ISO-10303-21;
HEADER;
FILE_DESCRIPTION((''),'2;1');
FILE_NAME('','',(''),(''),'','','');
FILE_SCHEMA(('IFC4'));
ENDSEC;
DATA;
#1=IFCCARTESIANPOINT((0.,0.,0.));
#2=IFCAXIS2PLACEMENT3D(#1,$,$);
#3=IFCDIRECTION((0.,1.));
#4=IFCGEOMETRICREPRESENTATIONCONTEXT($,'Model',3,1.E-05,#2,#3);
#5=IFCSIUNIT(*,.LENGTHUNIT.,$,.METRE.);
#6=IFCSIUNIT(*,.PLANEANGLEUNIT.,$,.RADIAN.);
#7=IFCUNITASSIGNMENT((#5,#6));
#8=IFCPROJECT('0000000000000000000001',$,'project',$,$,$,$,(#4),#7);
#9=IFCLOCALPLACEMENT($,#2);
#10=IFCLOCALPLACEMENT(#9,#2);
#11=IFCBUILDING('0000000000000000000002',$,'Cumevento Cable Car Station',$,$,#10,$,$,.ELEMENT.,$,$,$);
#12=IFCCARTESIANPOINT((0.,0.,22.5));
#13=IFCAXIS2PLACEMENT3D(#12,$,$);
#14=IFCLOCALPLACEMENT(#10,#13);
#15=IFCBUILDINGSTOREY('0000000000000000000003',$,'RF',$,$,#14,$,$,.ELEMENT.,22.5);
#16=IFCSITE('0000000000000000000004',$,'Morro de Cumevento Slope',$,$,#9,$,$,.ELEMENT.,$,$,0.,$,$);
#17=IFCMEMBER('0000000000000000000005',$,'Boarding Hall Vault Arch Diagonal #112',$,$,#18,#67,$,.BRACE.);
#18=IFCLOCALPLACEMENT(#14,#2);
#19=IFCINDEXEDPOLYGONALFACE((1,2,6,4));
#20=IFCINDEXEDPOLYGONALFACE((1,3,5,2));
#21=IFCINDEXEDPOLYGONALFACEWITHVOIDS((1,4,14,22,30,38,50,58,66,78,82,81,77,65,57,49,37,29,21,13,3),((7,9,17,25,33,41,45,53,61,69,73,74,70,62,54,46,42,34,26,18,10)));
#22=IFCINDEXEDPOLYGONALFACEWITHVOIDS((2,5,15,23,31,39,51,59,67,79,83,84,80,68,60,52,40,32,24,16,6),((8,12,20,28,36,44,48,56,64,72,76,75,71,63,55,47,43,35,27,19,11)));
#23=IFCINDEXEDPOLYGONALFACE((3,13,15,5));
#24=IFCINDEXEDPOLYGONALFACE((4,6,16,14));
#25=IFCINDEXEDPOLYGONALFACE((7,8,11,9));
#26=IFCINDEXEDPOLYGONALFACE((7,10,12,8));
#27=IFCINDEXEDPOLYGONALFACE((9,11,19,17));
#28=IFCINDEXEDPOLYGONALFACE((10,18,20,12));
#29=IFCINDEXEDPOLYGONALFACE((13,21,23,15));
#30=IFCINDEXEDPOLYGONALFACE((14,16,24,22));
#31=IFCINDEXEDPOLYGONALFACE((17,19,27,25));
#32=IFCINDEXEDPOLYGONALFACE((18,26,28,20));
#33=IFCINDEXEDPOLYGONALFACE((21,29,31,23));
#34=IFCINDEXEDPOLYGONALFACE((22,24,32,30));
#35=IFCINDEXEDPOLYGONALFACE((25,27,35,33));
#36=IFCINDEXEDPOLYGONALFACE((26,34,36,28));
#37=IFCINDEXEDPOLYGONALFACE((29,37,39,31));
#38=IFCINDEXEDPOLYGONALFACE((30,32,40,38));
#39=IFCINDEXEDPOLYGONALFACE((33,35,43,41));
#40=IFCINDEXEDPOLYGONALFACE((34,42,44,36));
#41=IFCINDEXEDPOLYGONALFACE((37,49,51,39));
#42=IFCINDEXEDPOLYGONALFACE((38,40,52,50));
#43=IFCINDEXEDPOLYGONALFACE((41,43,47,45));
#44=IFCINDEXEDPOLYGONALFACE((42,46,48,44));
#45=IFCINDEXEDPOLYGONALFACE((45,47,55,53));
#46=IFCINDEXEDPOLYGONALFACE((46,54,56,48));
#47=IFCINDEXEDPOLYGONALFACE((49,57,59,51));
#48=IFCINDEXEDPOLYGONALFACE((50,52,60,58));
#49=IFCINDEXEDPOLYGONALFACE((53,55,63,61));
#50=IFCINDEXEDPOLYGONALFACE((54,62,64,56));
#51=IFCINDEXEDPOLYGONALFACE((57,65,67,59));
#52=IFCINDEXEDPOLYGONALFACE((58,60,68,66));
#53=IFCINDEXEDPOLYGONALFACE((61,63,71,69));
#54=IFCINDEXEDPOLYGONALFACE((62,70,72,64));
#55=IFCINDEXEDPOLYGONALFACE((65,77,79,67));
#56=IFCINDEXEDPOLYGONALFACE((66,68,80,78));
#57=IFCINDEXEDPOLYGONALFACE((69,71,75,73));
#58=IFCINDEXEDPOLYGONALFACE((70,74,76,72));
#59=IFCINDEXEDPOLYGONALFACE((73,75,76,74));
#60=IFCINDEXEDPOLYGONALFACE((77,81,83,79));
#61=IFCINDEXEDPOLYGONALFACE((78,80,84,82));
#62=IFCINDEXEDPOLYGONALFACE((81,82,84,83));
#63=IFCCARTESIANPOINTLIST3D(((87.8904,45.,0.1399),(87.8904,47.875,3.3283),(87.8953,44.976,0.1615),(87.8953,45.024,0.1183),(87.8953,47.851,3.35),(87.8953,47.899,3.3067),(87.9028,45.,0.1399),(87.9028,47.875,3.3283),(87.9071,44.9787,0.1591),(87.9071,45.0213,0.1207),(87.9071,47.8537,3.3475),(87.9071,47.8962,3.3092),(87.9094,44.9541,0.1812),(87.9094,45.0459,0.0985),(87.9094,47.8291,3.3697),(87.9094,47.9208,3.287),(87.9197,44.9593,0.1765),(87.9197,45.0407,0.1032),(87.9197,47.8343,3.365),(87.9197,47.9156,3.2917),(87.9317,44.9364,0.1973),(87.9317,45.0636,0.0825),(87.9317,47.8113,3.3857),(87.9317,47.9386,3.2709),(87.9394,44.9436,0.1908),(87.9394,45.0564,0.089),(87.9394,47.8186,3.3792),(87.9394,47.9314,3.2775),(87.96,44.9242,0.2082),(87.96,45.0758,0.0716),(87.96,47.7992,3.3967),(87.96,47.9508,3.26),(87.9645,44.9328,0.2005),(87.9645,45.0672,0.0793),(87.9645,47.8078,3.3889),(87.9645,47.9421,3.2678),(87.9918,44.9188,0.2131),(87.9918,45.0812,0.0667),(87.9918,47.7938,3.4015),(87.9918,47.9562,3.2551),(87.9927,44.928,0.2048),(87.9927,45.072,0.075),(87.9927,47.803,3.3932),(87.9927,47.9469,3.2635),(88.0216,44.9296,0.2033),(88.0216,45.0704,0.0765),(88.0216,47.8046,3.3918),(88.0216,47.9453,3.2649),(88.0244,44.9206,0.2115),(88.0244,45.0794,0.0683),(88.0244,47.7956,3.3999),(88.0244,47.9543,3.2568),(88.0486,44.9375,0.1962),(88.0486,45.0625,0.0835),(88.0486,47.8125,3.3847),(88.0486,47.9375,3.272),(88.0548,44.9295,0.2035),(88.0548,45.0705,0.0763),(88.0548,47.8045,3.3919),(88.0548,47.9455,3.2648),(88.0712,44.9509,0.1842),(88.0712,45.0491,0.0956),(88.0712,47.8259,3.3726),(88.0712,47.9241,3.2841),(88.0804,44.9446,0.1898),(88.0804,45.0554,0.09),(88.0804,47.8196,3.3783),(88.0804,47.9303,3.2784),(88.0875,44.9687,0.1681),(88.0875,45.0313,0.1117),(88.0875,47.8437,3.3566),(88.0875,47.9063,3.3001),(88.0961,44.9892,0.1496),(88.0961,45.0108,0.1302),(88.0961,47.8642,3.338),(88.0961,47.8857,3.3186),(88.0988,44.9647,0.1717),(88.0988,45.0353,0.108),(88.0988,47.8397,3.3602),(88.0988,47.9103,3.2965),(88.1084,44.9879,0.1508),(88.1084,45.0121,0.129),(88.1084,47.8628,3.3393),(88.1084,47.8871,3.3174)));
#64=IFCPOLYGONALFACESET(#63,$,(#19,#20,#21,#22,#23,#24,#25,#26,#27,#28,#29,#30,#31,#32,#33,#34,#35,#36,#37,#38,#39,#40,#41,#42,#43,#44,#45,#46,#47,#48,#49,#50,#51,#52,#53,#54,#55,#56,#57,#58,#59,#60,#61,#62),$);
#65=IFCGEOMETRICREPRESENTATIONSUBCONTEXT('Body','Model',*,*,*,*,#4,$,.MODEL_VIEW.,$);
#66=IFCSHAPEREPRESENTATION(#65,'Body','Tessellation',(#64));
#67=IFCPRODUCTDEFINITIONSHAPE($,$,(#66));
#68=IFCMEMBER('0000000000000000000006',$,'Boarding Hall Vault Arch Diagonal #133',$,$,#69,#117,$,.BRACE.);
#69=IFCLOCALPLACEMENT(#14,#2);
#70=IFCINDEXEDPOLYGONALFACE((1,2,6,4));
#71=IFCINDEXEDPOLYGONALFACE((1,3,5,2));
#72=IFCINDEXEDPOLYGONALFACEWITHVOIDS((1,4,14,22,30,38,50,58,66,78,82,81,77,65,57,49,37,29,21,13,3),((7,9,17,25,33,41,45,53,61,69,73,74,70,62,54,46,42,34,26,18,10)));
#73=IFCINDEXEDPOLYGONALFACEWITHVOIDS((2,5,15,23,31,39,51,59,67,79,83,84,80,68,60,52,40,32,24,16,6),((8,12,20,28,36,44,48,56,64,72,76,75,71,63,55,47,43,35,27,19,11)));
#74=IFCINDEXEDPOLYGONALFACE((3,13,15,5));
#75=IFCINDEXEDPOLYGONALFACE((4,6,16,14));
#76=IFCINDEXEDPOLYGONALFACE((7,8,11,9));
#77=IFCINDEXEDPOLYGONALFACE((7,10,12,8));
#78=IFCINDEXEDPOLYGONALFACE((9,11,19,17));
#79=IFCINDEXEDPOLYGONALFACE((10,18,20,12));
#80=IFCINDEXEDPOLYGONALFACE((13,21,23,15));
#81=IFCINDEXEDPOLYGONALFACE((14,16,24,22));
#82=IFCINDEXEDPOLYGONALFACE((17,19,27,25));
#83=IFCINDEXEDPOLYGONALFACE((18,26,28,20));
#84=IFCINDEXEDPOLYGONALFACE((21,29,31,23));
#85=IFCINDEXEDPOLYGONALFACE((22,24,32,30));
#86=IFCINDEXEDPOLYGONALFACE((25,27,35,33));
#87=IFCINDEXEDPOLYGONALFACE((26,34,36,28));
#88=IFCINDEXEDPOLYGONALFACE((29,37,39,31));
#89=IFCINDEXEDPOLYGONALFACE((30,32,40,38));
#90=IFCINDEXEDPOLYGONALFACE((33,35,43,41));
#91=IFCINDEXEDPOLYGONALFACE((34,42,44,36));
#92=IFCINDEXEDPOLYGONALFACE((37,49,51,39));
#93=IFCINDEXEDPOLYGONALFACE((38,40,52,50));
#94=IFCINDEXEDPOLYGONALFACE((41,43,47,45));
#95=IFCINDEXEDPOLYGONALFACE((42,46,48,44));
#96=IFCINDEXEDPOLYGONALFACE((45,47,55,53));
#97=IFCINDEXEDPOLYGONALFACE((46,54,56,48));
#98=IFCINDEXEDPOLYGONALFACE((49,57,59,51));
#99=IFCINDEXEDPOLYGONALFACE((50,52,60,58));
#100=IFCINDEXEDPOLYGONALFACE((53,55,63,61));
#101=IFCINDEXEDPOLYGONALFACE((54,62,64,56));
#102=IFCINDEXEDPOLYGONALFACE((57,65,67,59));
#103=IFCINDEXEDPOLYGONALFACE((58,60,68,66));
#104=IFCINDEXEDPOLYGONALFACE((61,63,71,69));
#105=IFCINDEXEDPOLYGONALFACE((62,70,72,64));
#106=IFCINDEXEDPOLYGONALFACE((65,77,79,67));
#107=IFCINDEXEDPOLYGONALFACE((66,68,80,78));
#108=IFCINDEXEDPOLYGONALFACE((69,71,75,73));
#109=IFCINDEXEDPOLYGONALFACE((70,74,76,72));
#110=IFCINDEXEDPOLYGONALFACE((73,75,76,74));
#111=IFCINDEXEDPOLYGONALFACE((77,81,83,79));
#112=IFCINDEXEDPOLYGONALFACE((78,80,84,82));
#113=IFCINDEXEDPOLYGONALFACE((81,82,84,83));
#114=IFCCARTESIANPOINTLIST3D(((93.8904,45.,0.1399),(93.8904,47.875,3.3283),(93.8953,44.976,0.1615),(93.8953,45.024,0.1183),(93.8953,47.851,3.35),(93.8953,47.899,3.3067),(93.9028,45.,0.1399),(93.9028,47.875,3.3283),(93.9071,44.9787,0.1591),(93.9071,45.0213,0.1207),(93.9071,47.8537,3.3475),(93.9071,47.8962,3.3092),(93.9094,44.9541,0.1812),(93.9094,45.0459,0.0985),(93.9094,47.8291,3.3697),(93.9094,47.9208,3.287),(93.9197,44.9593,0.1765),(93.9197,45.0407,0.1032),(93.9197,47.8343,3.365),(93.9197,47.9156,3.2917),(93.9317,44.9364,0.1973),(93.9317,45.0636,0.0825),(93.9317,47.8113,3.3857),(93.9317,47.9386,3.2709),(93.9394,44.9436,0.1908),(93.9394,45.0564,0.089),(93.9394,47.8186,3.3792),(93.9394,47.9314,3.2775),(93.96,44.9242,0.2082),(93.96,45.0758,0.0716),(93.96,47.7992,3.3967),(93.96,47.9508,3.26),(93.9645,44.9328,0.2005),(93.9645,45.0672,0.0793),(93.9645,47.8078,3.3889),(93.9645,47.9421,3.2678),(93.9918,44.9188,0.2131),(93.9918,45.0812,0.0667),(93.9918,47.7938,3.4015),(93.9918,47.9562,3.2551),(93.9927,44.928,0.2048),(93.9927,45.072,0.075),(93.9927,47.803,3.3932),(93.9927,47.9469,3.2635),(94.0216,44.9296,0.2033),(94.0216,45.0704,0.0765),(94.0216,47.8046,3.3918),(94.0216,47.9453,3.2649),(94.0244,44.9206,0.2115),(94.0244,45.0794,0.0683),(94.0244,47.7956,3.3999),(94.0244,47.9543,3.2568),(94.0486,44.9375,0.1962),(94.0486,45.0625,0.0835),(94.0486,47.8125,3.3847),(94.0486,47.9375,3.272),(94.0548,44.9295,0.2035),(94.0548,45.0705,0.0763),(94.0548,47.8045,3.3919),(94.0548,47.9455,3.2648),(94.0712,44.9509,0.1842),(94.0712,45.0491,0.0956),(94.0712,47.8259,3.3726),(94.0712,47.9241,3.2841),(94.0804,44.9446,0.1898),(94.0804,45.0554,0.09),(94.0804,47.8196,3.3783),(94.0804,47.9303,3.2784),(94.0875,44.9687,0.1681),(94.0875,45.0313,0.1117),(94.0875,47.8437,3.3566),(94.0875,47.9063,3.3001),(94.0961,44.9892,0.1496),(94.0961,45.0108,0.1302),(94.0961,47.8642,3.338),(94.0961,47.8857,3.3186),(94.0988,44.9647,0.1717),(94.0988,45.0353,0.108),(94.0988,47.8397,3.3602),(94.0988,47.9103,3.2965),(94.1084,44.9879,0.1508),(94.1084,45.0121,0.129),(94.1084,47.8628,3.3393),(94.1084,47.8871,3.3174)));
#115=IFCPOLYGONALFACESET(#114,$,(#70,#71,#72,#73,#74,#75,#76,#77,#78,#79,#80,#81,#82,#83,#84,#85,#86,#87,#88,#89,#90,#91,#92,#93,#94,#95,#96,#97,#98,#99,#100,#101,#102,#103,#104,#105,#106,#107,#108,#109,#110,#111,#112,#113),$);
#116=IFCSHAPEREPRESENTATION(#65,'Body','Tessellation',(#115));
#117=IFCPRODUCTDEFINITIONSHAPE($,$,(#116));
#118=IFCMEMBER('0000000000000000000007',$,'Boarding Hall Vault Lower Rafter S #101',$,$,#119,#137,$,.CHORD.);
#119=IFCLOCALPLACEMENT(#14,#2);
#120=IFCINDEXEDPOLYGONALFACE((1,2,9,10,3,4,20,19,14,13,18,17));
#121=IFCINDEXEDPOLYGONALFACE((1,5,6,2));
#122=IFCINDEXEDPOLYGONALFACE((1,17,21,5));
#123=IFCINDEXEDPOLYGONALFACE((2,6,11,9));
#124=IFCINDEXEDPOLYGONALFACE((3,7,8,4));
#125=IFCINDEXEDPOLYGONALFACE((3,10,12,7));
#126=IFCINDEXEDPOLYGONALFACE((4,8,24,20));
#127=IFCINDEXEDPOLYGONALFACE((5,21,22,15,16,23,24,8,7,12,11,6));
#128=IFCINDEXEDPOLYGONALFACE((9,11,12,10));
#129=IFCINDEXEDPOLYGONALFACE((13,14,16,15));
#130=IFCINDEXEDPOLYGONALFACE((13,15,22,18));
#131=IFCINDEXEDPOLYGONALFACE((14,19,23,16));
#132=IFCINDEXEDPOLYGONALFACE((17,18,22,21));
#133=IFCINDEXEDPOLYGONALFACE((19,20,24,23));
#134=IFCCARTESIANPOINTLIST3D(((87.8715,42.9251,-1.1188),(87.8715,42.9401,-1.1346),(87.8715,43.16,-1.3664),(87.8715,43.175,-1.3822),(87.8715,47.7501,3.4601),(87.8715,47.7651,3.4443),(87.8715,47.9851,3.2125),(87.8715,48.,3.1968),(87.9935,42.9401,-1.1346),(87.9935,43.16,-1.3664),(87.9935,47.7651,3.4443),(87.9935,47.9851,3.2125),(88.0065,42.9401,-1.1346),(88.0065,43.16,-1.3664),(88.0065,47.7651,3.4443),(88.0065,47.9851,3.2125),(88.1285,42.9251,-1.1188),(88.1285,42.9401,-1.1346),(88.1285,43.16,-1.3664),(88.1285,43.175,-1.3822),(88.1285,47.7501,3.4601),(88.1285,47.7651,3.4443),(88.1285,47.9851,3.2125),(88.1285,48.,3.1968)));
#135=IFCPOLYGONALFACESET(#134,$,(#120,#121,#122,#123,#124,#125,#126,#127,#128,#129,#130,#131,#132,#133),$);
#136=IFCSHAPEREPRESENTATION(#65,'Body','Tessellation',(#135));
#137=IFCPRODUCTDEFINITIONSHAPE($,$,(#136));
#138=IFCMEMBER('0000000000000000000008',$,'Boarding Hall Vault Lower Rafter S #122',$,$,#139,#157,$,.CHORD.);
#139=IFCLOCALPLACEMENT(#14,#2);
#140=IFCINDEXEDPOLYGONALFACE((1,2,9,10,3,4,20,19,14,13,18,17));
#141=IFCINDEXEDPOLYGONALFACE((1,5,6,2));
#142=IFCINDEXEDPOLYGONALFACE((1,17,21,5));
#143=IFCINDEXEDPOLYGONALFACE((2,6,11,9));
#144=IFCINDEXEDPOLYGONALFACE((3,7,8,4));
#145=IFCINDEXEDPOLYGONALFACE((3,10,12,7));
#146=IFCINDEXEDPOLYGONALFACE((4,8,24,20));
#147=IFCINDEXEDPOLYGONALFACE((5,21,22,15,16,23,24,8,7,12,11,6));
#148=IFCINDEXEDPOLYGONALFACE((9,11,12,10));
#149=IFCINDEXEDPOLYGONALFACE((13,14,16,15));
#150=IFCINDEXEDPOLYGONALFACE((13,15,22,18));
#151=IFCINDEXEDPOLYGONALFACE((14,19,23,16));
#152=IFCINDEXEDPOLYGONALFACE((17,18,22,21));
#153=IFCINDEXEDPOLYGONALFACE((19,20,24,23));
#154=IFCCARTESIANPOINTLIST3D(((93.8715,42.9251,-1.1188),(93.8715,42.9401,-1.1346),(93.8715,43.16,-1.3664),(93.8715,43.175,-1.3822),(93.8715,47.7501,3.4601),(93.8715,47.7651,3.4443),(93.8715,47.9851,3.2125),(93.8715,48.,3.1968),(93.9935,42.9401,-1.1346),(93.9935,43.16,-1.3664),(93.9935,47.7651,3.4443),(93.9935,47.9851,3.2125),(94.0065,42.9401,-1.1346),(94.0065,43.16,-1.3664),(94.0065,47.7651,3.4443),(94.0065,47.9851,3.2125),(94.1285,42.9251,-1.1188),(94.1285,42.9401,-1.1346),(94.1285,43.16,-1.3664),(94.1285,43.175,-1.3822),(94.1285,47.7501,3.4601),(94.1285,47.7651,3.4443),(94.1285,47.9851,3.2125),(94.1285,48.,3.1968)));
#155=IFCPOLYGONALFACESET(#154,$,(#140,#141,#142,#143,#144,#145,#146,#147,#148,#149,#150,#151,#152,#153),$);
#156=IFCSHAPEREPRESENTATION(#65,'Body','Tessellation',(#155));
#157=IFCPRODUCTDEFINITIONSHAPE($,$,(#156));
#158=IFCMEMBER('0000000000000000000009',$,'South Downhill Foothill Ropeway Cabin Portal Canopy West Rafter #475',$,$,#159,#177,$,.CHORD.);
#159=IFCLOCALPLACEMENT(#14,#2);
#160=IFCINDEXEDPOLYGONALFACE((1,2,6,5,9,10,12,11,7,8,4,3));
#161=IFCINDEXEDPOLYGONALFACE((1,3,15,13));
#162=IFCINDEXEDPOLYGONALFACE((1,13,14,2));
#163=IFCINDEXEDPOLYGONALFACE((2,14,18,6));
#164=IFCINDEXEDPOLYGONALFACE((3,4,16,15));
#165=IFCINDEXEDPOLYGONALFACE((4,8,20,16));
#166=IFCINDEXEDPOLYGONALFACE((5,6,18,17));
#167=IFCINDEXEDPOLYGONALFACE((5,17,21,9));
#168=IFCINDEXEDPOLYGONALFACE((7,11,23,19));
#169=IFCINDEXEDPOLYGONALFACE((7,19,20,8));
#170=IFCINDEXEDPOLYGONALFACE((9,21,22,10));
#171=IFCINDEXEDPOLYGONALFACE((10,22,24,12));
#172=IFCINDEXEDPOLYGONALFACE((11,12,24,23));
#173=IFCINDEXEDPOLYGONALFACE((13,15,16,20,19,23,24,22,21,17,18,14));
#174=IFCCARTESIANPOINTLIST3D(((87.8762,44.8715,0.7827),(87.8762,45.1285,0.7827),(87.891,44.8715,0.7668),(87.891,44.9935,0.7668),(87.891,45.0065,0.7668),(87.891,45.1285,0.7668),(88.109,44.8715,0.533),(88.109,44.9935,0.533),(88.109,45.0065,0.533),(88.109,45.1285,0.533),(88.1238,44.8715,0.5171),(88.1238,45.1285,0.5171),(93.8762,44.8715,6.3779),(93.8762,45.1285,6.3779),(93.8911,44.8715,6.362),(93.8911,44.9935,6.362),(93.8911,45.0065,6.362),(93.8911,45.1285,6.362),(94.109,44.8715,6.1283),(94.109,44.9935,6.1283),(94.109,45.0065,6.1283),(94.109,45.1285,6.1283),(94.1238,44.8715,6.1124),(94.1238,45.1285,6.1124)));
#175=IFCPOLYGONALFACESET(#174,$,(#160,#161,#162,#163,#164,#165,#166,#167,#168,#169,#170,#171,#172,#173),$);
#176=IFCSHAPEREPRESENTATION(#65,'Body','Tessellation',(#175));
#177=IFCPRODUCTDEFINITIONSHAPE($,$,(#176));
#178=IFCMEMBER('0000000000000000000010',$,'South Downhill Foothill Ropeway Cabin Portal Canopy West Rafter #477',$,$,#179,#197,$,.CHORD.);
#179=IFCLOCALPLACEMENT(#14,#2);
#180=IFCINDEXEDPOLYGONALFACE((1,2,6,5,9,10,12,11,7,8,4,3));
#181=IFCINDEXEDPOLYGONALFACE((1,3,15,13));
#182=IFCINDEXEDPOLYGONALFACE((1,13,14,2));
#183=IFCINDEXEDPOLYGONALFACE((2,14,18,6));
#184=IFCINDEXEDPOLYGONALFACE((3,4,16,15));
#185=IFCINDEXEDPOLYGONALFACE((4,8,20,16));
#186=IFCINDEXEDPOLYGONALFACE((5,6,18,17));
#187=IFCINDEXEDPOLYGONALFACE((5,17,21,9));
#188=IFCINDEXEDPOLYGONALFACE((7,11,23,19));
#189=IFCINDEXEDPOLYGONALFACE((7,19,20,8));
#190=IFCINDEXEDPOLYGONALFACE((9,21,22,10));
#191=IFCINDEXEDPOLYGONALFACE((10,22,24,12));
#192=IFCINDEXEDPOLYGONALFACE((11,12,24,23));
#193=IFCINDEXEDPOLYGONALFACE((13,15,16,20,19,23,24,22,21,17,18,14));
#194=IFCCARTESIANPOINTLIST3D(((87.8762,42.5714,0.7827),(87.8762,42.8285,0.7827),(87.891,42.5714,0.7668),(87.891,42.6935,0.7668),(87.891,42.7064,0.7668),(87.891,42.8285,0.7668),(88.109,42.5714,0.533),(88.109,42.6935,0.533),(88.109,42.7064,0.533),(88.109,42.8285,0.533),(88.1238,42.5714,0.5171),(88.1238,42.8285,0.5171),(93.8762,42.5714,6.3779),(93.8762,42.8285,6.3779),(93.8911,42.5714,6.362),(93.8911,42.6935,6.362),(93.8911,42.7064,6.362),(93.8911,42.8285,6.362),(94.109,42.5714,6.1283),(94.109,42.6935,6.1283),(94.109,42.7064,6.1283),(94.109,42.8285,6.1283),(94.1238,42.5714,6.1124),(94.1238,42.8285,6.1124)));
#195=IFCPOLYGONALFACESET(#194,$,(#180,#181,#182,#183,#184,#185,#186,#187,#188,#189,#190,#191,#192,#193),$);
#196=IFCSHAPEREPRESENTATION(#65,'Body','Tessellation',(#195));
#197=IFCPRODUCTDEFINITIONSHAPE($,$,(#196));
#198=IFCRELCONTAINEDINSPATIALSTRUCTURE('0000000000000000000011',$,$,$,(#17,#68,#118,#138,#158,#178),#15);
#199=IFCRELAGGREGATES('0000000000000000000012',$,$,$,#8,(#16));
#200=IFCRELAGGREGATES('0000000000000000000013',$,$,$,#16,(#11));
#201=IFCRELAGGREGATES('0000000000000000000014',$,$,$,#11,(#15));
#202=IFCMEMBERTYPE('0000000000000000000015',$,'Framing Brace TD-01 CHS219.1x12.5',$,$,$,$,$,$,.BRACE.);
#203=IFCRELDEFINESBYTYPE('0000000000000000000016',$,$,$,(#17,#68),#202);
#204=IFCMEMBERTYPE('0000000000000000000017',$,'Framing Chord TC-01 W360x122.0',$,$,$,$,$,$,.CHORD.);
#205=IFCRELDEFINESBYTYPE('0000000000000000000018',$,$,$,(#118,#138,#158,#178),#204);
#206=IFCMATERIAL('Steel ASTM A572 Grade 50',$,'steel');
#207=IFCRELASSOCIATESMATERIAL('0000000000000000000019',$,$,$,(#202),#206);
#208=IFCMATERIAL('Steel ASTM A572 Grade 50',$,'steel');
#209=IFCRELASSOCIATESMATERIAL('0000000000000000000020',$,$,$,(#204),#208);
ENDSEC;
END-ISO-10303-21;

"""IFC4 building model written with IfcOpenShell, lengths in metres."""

from ifc_helpers import new_model, si_unit, direction, frame, origin, origin_2d, place, context, subcontext, project, spatial, hollow_circle, i_section, extrude, material, material_profile, profile_set, type_object, element, save


model = new_model("IFC4")

# Units and contexts
model_context = context("Model", 3, precision=1e-05, world=origin(), true_north=direction((0.0, 1.0)))
body_context = subcontext(model_context, "Body", "Model", "MODEL_VIEW")
ifc_project = project(units=[si_unit("LENGTHUNIT", "METRE"), si_unit("PLANEANGLEUNIT", "RADIAN")], contexts=[model_context])

# Site, building, storey
site_placement = place(None, origin())
site = spatial("IfcSite", under=ifc_project, at=site_placement, Name="Morro de Cumevento Slope", CompositionType="ELEMENT", RefElevation=0.0)
building_placement = place(site_placement, origin())
building = spatial("IfcBuilding", under=site, at=building_placement, Name="Cumevento Cable Car Station", CompositionType="ELEMENT")
storey_placement = place(building_placement, frame((0.0, 0.0, 22.5)))
storey = spatial("IfcBuildingStorey", under=building, at=storey_placement, Name="RF", CompositionType="ELEMENT", Elevation=22.5)

# Members
ifc_material_1 = material(Name="Steel ASTM A572 Grade 50", Category="steel")
ifc_material_profile_1 = material_profile(ifc_material_1, hollow_circle(Radius=0.1096, WallThickness=0.0125, at=origin_2d()), Name="CHS219.1x12.5")
ifc_profile_set_1 = profile_set([ifc_material_profile_1], Name="Steel ASTM A572 Grade 50")
member_type_1 = type_object("IfcMemberType", Name="Framing Brace TD-01 CHS219.1x12.5", PredefinedType="BRACE", material=ifc_profile_set_1)
for number, where, z_axis, x_axis, name in (
    (1, (88.0, 45.0, 0.1399), (0.0, 0.669656, 0.742672), (-1.0, 0.0, 0.0), "Boarding Hall Vault Arch Diagonal #112"),
    (2, (94.0, 45.0, 0.1399), (0.0, 0.669656, 0.742672), (-1.0, 0.0, 0.0), "Boarding Hall Vault Arch Diagonal #133"),
):
    element("IfcMember", number, at=place(storey_placement, frame(where, z_axis=z_axis, x_axis=x_axis)), inside=storey, type_object=member_type_1, Name=name, PredefinedType="BRACE", context=body_context, shape_type="SweptSolid", body=[
        extrude(hollow_circle(Radius=0.1096, WallThickness=0.0125, at=origin_2d()), origin(), (0.0, 0.0, 1.0), 4.2932),
    ])
ifc_material_2 = material(Name="Steel ASTM A572 Grade 50", Category="steel")
ifc_material_profile_2 = material_profile(ifc_material_2, i_section(OverallWidth=0.2571, OverallDepth=0.363, WebThickness=0.0129, FlangeThickness=0.0217, at=origin_2d()), Name="W360x122.0")
ifc_profile_set_2 = profile_set([ifc_material_profile_2], Name="Steel ASTM A572 Grade 50")
member_type_2 = type_object("IfcMemberType", Name="Framing Chord TC-01 W360x122.0", PredefinedType="CHORD", material=ifc_profile_set_2)
for number, where, z_axis, x_axis, name in (
    (3, (88.0, 43.05, -1.2505), (0.0, 0.725363, 0.688366), (-1.0, 0.0, 0.0), "Boarding Hall Vault Lower Rafter S #101"),
    (4, (94.0, 43.05, -1.2505), (0.0, 0.725363, 0.688366), (-1.0, 0.0, 0.0), "Boarding Hall Vault Lower Rafter S #122"),
):
    element("IfcMember", number, at=place(storey_placement, frame(where, z_axis=z_axis, x_axis=x_axis)), inside=storey, type_object=member_type_2, Name=name, PredefinedType="CHORD", context=body_context, shape_type="SweptSolid", body=[
        extrude(i_section(OverallWidth=0.2571, OverallDepth=0.363, WebThickness=0.0129, FlangeThickness=0.0217, at=origin_2d()), origin(), (0.0, 0.0, 1.0), 6.6519),
    ])
for number, where, z_axis, x_axis, name in (
    (5, (88.0, 45.0, 0.6499), (0.731346, 0.0, 0.682006), (0.0, 1.0, 0.0), "South Downhill Foothill Ropeway Cabin Portal Canopy West Rafter #475"),
    (6, (88.0, 42.7, 0.6499), (0.731346, 0.0, 0.682006), (0.0, 1.0, 0.0), "South Downhill Foothill Ropeway Cabin Portal Canopy West Rafter #477"),
):
    element("IfcMember", number, at=place(storey_placement, frame(where, z_axis=z_axis, x_axis=x_axis)), inside=storey, type_object=member_type_2, Name=name, PredefinedType="CHORD", context=body_context, shape_type="SweptSolid", body=[
        extrude(i_section(OverallWidth=0.2571, OverallDepth=0.363, WebThickness=0.0129, FlangeThickness=0.0217, at=origin_2d()), origin(), (0.0, 0.0, 1.0), 8.2041),
    ])

save(model, "model.ifc")
